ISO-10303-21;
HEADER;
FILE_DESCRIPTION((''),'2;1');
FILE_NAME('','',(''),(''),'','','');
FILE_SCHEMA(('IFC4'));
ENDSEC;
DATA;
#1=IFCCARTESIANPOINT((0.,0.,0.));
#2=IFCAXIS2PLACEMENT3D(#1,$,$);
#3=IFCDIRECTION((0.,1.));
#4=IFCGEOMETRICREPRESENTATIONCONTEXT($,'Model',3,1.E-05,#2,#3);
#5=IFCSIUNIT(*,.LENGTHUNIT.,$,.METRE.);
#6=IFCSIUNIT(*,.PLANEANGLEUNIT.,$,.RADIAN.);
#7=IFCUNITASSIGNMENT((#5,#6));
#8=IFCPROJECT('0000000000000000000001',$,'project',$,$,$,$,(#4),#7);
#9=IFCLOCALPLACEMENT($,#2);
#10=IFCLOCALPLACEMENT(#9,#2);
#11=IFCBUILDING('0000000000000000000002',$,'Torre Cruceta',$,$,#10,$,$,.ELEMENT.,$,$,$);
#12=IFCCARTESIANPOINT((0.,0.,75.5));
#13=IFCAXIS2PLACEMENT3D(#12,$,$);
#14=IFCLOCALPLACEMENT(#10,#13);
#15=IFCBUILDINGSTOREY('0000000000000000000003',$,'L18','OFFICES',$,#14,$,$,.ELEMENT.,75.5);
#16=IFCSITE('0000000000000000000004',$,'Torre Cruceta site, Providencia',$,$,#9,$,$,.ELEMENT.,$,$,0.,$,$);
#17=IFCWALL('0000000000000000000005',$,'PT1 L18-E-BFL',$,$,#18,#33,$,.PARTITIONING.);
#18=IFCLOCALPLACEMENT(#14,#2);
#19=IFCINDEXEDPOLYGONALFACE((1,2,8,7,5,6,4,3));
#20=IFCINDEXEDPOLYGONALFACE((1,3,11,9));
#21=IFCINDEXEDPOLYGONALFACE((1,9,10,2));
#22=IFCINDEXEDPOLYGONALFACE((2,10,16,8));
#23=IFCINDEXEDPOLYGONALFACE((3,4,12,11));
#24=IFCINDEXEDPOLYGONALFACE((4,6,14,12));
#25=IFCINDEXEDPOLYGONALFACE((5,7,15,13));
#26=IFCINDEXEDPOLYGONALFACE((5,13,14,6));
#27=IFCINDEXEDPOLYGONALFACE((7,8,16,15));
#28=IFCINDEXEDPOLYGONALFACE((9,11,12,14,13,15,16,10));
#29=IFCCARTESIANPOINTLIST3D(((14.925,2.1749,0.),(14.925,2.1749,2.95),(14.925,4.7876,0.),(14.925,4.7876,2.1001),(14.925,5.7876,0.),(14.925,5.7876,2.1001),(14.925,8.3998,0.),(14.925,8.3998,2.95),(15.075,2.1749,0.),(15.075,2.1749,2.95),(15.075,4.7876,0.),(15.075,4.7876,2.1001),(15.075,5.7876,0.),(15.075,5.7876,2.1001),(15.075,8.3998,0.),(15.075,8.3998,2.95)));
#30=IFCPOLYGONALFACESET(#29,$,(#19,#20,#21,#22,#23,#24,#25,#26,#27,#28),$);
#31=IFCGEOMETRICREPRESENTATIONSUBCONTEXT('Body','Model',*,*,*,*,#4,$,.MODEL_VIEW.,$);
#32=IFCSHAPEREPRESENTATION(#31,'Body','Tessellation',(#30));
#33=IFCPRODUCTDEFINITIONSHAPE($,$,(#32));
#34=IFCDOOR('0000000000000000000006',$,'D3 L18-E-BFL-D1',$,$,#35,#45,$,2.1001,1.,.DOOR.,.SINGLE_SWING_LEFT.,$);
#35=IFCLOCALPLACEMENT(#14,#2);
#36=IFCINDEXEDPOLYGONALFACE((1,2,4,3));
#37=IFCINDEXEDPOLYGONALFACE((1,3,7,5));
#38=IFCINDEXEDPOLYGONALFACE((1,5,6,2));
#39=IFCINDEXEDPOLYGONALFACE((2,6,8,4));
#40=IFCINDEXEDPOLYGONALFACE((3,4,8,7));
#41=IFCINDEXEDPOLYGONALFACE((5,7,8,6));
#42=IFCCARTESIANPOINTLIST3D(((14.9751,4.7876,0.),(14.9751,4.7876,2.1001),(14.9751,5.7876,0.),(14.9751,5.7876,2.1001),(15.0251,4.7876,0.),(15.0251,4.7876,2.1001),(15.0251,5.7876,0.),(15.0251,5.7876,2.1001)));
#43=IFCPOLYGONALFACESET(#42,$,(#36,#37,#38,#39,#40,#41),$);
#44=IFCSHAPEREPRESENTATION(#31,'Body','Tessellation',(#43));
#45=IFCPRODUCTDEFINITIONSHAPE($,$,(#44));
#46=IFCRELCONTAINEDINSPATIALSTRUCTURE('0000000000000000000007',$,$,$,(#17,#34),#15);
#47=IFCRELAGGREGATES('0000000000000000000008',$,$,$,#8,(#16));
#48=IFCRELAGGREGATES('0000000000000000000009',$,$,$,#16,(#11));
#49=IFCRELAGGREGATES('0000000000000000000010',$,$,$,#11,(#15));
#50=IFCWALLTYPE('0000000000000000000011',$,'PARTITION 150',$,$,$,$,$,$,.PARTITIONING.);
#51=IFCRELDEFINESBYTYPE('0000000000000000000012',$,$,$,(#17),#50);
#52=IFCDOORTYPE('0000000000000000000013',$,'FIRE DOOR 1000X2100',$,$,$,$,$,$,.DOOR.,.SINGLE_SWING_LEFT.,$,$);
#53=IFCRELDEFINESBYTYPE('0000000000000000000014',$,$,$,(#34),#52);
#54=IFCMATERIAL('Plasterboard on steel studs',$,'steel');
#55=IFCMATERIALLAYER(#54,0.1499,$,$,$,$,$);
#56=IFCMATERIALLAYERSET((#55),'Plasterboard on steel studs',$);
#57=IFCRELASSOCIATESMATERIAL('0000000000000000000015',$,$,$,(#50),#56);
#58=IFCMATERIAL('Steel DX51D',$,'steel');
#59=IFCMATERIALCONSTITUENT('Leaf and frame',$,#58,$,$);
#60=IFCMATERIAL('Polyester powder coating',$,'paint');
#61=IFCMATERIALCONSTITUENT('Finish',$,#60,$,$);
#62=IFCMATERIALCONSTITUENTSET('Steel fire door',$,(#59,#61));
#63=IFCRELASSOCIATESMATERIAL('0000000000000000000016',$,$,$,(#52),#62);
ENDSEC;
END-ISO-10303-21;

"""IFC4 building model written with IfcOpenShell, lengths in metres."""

from ifc_helpers import new_model, si_unit, direction, frame, frame_2d, origin, place, context, subcontext, project, spatial, rectangle, extrude, material, layer, layer_set, constituent, constituent_set, type_object, element, fill, save


model = new_model("IFC4")

# Units and contexts
model_context = context("Model", 3, precision=1e-05, world=origin(), true_north=direction((0.0, 1.0)))
body_context = subcontext(model_context, "Body", "Model", "MODEL_VIEW")
ifc_project = project(units=[si_unit("LENGTHUNIT", "METRE"), si_unit("PLANEANGLEUNIT", "RADIAN")], contexts=[model_context])

# Site, building, storey
site_placement = place(None, origin())
site = spatial("IfcSite", under=ifc_project, at=site_placement, Name="Torre Cruceta site, Providencia", CompositionType="ELEMENT", RefElevation=0.0)
building_placement = place(site_placement, origin())
building = spatial("IfcBuilding", under=site, at=building_placement, Name="Torre Cruceta", CompositionType="ELEMENT")
storey_placement = place(building_placement, frame((0.0, 0.0, 75.5)))
storey = spatial("IfcBuildingStorey", under=building, at=storey_placement, Name="L18", Description="OFFICES", CompositionType="ELEMENT", Elevation=75.5)

# Wall, opening, door
ifc_material_1 = material(Name="Plasterboard on steel studs", Category="steel")
ifc_layer_1 = layer(ifc_material_1, 0.1499)
ifc_layer_set_1 = layer_set([ifc_layer_1], Name="Plasterboard on steel studs")
wall_type_1 = type_object("IfcWallType", Name="PARTITION 150", PredefinedType="PARTITIONING", material=ifc_layer_set_1)
wall_1_placement = place(storey_placement, frame((15.0, 2.175, 0.0), z_axis=(0.0, 0.0, 1.0), x_axis=(0.0, 1.0, 0.0)))
wall_1 = element("IfcWall", 1, at=wall_1_placement, inside=storey, type_object=wall_type_1, Name="PT1 L18-E-BFL", PredefinedType="PARTITIONING", context=body_context, shape_type="SweptSolid", body=[
    extrude(rectangle(XDim=6.2249, YDim=0.1499, at=frame_2d((3.1123, 0.0))), origin(), (0.0, 0.0, 1.0), 2.95),
])
opening_1_placement = place(wall_1_placement, frame((2.6125, 0.0, 0.0)))
opening_1 = element("IfcOpeningElement", 2, at=opening_1_placement, cuts=wall_1, PredefinedType="OPENING", context=body_context, shape_type="SweptSolid", body=[
    extrude(rectangle(XDim=1.0, YDim=2.1001, at=frame_2d((0.5, 1.05))), frame((0.0, 0.085, 0.0), z_axis=(0.0, -1.0, 0.0), x_axis=(1.0, 0.0, 0.0)), (0.0, 0.0, 1.0), 0.1699),
])
ifc_material_2 = material(Name="Steel DX51D", Category="steel")
ifc_constituent_1 = constituent(ifc_material_2, Name="Leaf and frame")
ifc_material_3 = material(Name="Polyester powder coating", Category="paint")
ifc_constituent_2 = constituent(ifc_material_3, Name="Finish")
ifc_constituent_set_1 = constituent_set(constituents=[ifc_constituent_1, ifc_constituent_2], Name="Steel fire door")
door_type = type_object("IfcDoorType", Name="FIRE DOOR 1000X2100", OperationType="SINGLE_SWING_LEFT", PredefinedType="DOOR", material=ifc_constituent_set_1)
door_placement = place(opening_1_placement, origin())
door = element("IfcDoor", 3, at=door_placement, inside=storey, type_object=door_type, Name="D3 L18-E-BFL-D1", OperationType="SINGLE_SWING_LEFT", OverallHeight=2.1001, OverallWidth=1.0, PredefinedType="DOOR", context=body_context, shape_type="SweptSolid", body=[
    extrude(rectangle(XDim=1.0, YDim=2.1001, at=frame_2d((0.5, 1.05))), frame((0.0, 0.0249, 0.0), z_axis=(0.0, -1.0, 0.0), x_axis=(1.0, 0.0, 0.0)), (0.0, 0.0, 1.0), 0.05),
])
fill(opening_1, door)

save(model, "model.ifc")
